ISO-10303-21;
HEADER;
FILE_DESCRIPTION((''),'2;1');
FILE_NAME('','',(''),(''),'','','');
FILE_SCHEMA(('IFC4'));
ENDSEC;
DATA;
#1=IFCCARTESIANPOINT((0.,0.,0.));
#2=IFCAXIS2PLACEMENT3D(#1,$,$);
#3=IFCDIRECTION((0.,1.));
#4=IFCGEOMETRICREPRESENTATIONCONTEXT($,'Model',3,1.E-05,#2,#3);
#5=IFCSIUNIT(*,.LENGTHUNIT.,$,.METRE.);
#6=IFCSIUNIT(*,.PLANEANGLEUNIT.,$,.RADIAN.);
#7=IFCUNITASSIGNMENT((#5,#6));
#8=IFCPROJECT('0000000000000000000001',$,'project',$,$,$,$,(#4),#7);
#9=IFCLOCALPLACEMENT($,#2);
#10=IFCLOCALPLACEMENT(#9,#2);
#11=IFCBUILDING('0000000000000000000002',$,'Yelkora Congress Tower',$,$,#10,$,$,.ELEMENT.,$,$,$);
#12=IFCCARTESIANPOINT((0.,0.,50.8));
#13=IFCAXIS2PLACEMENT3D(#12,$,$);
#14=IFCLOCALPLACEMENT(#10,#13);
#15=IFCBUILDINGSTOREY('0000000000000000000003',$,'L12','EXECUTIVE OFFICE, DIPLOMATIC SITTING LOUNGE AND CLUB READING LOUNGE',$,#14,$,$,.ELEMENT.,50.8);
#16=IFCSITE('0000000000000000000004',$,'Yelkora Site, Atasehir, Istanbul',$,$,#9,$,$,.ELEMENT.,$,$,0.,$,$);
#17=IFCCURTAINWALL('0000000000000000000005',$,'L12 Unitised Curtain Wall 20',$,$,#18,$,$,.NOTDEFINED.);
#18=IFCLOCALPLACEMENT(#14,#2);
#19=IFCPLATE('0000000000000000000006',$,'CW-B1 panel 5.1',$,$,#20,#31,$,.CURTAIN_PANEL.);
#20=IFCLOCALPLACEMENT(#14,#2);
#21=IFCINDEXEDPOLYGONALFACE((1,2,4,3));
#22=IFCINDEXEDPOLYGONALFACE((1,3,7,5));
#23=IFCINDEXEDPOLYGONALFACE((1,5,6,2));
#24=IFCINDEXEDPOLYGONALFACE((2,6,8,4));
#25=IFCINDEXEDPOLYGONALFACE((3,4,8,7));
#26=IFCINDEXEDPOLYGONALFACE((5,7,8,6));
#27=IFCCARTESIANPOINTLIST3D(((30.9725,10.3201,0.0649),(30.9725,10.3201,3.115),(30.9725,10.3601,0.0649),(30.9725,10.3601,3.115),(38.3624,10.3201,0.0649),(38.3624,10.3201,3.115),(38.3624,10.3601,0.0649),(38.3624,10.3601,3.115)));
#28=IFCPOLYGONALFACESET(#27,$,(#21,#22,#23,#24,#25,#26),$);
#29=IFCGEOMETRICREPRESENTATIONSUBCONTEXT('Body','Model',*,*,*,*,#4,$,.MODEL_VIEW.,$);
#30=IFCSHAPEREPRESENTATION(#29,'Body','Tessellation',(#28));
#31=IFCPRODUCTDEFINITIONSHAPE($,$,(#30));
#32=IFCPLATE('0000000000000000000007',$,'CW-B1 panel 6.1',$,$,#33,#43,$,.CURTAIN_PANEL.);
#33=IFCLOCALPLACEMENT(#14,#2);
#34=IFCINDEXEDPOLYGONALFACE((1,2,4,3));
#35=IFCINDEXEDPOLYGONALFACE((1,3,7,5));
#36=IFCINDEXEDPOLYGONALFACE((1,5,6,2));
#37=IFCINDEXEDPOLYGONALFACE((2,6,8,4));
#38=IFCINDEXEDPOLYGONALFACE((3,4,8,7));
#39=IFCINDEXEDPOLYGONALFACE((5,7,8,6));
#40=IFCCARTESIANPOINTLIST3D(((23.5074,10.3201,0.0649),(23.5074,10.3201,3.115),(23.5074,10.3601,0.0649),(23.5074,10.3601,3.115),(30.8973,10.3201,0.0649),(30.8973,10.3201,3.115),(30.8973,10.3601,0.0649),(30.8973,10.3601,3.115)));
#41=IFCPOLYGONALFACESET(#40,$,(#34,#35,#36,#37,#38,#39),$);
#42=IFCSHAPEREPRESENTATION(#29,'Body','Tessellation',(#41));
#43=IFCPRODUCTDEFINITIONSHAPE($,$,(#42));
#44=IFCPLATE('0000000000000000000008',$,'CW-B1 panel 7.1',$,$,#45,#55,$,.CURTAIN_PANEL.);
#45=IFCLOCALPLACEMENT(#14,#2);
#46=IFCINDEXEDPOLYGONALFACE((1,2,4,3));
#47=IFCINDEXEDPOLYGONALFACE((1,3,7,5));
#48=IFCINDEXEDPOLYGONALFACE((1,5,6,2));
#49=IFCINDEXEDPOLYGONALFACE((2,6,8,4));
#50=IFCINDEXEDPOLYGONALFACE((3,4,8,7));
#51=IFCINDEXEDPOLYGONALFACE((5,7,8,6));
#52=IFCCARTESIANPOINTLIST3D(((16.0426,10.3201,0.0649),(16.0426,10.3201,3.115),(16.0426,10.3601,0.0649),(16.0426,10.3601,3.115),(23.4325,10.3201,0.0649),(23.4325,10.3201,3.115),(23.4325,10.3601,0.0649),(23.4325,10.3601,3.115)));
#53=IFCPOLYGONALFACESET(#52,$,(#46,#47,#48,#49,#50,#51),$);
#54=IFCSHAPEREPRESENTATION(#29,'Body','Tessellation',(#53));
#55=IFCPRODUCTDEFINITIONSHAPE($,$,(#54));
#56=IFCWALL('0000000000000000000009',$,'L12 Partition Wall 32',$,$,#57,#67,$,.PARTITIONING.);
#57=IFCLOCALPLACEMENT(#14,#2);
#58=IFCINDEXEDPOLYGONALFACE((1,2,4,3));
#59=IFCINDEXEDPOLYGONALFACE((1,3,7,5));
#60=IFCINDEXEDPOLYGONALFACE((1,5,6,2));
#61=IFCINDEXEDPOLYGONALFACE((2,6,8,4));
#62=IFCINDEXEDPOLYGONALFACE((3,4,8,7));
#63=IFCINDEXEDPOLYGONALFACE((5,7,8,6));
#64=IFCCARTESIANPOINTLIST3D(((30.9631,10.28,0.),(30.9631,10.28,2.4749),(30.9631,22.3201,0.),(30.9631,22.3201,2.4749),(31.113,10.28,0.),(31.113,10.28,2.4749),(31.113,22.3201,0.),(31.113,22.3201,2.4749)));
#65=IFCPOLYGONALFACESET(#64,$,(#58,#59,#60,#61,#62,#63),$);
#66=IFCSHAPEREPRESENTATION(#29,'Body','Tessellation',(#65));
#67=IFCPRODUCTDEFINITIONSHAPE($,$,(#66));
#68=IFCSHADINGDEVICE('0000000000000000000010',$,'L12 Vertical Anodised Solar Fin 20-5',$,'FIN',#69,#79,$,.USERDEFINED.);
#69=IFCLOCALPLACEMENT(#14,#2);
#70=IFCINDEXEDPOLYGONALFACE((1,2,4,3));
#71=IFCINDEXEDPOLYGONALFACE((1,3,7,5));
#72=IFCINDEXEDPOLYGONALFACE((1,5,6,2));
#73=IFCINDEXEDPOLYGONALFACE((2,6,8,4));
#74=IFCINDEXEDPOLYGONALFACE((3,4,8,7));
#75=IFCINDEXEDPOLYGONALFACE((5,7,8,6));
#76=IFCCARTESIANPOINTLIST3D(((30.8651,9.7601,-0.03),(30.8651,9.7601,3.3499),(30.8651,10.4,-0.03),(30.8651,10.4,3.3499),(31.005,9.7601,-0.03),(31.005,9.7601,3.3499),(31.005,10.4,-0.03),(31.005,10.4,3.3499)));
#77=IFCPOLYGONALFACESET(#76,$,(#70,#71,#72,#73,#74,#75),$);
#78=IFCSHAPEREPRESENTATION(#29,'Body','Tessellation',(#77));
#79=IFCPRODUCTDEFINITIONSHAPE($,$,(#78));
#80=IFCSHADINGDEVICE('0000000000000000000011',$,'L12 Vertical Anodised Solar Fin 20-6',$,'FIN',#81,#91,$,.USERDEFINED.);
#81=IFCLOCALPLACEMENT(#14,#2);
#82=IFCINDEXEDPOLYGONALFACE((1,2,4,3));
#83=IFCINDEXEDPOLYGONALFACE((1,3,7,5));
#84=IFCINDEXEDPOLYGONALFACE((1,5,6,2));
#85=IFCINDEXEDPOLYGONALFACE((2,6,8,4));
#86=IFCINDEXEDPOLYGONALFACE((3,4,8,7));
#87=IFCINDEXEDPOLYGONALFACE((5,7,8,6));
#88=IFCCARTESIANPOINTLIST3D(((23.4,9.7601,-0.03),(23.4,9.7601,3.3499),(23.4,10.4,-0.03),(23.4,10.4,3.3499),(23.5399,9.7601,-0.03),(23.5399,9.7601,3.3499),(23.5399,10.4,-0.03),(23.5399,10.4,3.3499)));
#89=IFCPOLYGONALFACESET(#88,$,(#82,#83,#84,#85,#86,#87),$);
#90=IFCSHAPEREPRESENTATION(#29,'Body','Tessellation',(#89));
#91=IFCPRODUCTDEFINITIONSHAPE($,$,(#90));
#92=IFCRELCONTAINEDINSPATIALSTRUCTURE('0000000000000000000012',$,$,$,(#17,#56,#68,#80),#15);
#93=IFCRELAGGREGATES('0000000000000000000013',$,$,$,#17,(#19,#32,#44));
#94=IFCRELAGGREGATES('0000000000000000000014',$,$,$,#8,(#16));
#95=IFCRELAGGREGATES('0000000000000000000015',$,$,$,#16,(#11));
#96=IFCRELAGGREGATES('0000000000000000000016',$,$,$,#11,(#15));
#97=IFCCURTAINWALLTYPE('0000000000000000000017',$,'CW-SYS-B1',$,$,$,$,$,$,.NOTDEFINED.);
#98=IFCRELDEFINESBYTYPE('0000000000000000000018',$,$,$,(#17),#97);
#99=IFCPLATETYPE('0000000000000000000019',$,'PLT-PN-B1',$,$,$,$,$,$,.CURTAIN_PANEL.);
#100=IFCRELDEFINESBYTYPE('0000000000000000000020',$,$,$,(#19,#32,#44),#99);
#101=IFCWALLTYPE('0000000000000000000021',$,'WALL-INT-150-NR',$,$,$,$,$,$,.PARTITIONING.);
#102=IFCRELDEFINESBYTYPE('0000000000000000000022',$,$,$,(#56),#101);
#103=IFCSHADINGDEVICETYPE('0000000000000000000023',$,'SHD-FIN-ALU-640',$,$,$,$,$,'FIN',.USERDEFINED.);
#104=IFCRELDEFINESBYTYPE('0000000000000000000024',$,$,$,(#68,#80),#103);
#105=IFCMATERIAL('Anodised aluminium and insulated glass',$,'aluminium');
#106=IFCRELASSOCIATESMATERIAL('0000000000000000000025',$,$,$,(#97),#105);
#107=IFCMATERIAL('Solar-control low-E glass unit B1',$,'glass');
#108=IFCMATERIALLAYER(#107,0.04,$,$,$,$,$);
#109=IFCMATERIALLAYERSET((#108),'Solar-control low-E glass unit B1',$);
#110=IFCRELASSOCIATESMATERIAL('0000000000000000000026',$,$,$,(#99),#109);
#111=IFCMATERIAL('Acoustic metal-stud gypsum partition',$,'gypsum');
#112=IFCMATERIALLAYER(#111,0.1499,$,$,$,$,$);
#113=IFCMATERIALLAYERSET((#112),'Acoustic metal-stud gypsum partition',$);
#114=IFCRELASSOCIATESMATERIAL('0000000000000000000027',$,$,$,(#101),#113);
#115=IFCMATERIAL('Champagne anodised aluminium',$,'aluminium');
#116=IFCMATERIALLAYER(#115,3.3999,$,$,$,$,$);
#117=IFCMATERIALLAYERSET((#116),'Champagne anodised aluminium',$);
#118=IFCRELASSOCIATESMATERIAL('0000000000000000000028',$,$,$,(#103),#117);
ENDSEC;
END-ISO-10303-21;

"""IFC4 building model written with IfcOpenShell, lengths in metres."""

from ifc_helpers import new_model, si_unit, direction, frame, frame_2d, origin, origin_2d, place, context, subcontext, project, spatial, rectangle, extrude, material, layer, layer_set, type_object, element, aggregate, save


model = new_model("IFC4")

# Units and contexts
model_context = context("Model", 3, precision=1e-05, world=origin(), true_north=direction((0.0, 1.0)))
body_context = subcontext(model_context, "Body", "Model", "MODEL_VIEW")
ifc_project = project(units=[si_unit("LENGTHUNIT", "METRE"), si_unit("PLANEANGLEUNIT", "RADIAN")], contexts=[model_context])

# Site, building, storey
site_placement = place(None, origin())
site = spatial("IfcSite", under=ifc_project, at=site_placement, Name="Yelkora Site, Atasehir, Istanbul", CompositionType="ELEMENT", RefElevation=0.0)
building_placement = place(site_placement, origin())
building = spatial("IfcBuilding", under=site, at=building_placement, Name="Yelkora Congress Tower", CompositionType="ELEMENT")
storey_placement = place(building_placement, frame((0.0, 0.0, 50.8)))
storey = spatial("IfcBuildingStorey", under=building, at=storey_placement, Name="L12", Description="EXECUTIVE OFFICE, DIPLOMATIC SITTING LOUNGE AND CLUB READING LOUNGE", CompositionType="ELEMENT", Elevation=50.8)

# Curtain wall, plates
ifc_material_1 = material(Name="Anodised aluminium and insulated glass", Category="aluminium")
curtain_wall_type = type_object("IfcCurtainWallType", Name="CW-SYS-B1", PredefinedType="NOTDEFINED", material=ifc_material_1)
curtain_wall_placement = place(storey_placement, origin())
curtain_wall = element("IfcCurtainWall", 1, at=curtain_wall_placement, inside=storey, type_object=curtain_wall_type, Name="L12 Unitised Curtain Wall 20", PredefinedType="NOTDEFINED")
ifc_material_2 = material(Name="Solar-control low-E glass unit B1", Category="glass")
ifc_layer_1 = layer(ifc_material_2, 0.04)
ifc_layer_set_1 = layer_set([ifc_layer_1], Name="Solar-control low-E glass unit B1")
plate_type = type_object("IfcPlateType", Name="PLT-PN-B1", PredefinedType="CURTAIN_PANEL", material=ifc_layer_set_1)
plate_1_placement = place(storey_placement, frame((34.6675, 10.3401, 0.0649), z_axis=(0.0, 0.0, 1.0), x_axis=(-1.0, 0.0, 0.0)))
plate_1 = element("IfcPlate", 2, at=plate_1_placement, type_object=plate_type, Name="CW-B1 panel 5.1", PredefinedType="CURTAIN_PANEL", context=body_context, shape_type="SweptSolid", body=[
    extrude(rectangle(XDim=7.3899, YDim=0.04, at=origin_2d()), origin(), (0.0, 0.0, 1.0), 3.05),
])
plate_2_placement = place(storey_placement, frame((27.2024, 10.3401, 0.0649), z_axis=(0.0, 0.0, 1.0), x_axis=(-1.0, 0.0, 0.0)))
plate_2 = element("IfcPlate", 3, at=plate_2_placement, type_object=plate_type, Name="CW-B1 panel 6.1", PredefinedType="CURTAIN_PANEL", context=body_context, shape_type="SweptSolid", body=[
    extrude(rectangle(XDim=7.3899, YDim=0.04, at=origin_2d()), origin(), (0.0, 0.0, 1.0), 3.05),
])
plate_3_placement = place(storey_placement, frame((19.7375, 10.3401, 0.0649), z_axis=(0.0, 0.0, 1.0), x_axis=(-1.0, 0.0, 0.0)))
plate_3 = element("IfcPlate", 4, at=plate_3_placement, type_object=plate_type, Name="CW-B1 panel 7.1", PredefinedType="CURTAIN_PANEL", context=body_context, shape_type="SweptSolid", body=[
    extrude(rectangle(XDim=7.3899, YDim=0.04, at=origin_2d()), origin(), (0.0, 0.0, 1.0), 3.05),
])
aggregate(curtain_wall, [plate_1, plate_2, plate_3])

# Wall
ifc_material_3 = material(Name="Acoustic metal-stud gypsum partition", Category="gypsum")
ifc_layer_2 = layer(ifc_material_3, 0.1499)
ifc_layer_set_2 = layer_set([ifc_layer_2], Name="Acoustic metal-stud gypsum partition")
wall_type = type_object("IfcWallType", Name="WALL-INT-150-NR", PredefinedType="PARTITIONING", material=ifc_layer_set_2)
wall_placement = place(storey_placement, frame((31.0381, 10.28, 0.0), z_axis=(0.0, 0.0, 1.0), x_axis=(0.0, 1.0, 0.0)))
element("IfcWall", 5, at=wall_placement, inside=storey, type_object=wall_type, Name="L12 Partition Wall 32", PredefinedType="PARTITIONING", context=body_context, shape_type="SweptSolid", body=[
    extrude(rectangle(XDim=12.04, YDim=0.1499, at=frame_2d((6.02, 0.0))), origin(), (0.0, 0.0, 1.0), 2.4749),
])

# Shading devices
ifc_material_4 = material(Name="Champagne anodised aluminium", Category="aluminium")
ifc_layer_3 = layer(ifc_material_4, 3.3999)
ifc_layer_set_3 = layer_set([ifc_layer_3], Name="Champagne anodised aluminium")
shading_device_type = type_object("IfcShadingDeviceType", Name="SHD-FIN-ALU-640", ElementType="FIN", PredefinedType="USERDEFINED", material=ifc_layer_set_3)
for number, where, z_axis, x_axis, name in (
    (6, (30.9351, 10.0801, -0.03), (0.0, 0.0, 1.0), (-1.0, 0.0, 0.0), "L12 Vertical Anodised Solar Fin 20-5"),
    (7, (23.47, 10.0801, -0.03), (0.0, 0.0, 1.0), (-1.0, 0.0, 0.0), "L12 Vertical Anodised Solar Fin 20-6"),
):
    element("IfcShadingDevice", number, at=place(storey_placement, frame(where, z_axis=z_axis, x_axis=x_axis)), inside=storey, type_object=shading_device_type, Name=name, ObjectType="FIN", PredefinedType="USERDEFINED", context=body_context, shape_type="SweptSolid", body=[
        extrude(rectangle(XDim=0.1399, YDim=0.6399, at=origin_2d()), origin(), (0.0, 0.0, 1.0), 3.3799),
    ])

save(model, "model.ifc")
